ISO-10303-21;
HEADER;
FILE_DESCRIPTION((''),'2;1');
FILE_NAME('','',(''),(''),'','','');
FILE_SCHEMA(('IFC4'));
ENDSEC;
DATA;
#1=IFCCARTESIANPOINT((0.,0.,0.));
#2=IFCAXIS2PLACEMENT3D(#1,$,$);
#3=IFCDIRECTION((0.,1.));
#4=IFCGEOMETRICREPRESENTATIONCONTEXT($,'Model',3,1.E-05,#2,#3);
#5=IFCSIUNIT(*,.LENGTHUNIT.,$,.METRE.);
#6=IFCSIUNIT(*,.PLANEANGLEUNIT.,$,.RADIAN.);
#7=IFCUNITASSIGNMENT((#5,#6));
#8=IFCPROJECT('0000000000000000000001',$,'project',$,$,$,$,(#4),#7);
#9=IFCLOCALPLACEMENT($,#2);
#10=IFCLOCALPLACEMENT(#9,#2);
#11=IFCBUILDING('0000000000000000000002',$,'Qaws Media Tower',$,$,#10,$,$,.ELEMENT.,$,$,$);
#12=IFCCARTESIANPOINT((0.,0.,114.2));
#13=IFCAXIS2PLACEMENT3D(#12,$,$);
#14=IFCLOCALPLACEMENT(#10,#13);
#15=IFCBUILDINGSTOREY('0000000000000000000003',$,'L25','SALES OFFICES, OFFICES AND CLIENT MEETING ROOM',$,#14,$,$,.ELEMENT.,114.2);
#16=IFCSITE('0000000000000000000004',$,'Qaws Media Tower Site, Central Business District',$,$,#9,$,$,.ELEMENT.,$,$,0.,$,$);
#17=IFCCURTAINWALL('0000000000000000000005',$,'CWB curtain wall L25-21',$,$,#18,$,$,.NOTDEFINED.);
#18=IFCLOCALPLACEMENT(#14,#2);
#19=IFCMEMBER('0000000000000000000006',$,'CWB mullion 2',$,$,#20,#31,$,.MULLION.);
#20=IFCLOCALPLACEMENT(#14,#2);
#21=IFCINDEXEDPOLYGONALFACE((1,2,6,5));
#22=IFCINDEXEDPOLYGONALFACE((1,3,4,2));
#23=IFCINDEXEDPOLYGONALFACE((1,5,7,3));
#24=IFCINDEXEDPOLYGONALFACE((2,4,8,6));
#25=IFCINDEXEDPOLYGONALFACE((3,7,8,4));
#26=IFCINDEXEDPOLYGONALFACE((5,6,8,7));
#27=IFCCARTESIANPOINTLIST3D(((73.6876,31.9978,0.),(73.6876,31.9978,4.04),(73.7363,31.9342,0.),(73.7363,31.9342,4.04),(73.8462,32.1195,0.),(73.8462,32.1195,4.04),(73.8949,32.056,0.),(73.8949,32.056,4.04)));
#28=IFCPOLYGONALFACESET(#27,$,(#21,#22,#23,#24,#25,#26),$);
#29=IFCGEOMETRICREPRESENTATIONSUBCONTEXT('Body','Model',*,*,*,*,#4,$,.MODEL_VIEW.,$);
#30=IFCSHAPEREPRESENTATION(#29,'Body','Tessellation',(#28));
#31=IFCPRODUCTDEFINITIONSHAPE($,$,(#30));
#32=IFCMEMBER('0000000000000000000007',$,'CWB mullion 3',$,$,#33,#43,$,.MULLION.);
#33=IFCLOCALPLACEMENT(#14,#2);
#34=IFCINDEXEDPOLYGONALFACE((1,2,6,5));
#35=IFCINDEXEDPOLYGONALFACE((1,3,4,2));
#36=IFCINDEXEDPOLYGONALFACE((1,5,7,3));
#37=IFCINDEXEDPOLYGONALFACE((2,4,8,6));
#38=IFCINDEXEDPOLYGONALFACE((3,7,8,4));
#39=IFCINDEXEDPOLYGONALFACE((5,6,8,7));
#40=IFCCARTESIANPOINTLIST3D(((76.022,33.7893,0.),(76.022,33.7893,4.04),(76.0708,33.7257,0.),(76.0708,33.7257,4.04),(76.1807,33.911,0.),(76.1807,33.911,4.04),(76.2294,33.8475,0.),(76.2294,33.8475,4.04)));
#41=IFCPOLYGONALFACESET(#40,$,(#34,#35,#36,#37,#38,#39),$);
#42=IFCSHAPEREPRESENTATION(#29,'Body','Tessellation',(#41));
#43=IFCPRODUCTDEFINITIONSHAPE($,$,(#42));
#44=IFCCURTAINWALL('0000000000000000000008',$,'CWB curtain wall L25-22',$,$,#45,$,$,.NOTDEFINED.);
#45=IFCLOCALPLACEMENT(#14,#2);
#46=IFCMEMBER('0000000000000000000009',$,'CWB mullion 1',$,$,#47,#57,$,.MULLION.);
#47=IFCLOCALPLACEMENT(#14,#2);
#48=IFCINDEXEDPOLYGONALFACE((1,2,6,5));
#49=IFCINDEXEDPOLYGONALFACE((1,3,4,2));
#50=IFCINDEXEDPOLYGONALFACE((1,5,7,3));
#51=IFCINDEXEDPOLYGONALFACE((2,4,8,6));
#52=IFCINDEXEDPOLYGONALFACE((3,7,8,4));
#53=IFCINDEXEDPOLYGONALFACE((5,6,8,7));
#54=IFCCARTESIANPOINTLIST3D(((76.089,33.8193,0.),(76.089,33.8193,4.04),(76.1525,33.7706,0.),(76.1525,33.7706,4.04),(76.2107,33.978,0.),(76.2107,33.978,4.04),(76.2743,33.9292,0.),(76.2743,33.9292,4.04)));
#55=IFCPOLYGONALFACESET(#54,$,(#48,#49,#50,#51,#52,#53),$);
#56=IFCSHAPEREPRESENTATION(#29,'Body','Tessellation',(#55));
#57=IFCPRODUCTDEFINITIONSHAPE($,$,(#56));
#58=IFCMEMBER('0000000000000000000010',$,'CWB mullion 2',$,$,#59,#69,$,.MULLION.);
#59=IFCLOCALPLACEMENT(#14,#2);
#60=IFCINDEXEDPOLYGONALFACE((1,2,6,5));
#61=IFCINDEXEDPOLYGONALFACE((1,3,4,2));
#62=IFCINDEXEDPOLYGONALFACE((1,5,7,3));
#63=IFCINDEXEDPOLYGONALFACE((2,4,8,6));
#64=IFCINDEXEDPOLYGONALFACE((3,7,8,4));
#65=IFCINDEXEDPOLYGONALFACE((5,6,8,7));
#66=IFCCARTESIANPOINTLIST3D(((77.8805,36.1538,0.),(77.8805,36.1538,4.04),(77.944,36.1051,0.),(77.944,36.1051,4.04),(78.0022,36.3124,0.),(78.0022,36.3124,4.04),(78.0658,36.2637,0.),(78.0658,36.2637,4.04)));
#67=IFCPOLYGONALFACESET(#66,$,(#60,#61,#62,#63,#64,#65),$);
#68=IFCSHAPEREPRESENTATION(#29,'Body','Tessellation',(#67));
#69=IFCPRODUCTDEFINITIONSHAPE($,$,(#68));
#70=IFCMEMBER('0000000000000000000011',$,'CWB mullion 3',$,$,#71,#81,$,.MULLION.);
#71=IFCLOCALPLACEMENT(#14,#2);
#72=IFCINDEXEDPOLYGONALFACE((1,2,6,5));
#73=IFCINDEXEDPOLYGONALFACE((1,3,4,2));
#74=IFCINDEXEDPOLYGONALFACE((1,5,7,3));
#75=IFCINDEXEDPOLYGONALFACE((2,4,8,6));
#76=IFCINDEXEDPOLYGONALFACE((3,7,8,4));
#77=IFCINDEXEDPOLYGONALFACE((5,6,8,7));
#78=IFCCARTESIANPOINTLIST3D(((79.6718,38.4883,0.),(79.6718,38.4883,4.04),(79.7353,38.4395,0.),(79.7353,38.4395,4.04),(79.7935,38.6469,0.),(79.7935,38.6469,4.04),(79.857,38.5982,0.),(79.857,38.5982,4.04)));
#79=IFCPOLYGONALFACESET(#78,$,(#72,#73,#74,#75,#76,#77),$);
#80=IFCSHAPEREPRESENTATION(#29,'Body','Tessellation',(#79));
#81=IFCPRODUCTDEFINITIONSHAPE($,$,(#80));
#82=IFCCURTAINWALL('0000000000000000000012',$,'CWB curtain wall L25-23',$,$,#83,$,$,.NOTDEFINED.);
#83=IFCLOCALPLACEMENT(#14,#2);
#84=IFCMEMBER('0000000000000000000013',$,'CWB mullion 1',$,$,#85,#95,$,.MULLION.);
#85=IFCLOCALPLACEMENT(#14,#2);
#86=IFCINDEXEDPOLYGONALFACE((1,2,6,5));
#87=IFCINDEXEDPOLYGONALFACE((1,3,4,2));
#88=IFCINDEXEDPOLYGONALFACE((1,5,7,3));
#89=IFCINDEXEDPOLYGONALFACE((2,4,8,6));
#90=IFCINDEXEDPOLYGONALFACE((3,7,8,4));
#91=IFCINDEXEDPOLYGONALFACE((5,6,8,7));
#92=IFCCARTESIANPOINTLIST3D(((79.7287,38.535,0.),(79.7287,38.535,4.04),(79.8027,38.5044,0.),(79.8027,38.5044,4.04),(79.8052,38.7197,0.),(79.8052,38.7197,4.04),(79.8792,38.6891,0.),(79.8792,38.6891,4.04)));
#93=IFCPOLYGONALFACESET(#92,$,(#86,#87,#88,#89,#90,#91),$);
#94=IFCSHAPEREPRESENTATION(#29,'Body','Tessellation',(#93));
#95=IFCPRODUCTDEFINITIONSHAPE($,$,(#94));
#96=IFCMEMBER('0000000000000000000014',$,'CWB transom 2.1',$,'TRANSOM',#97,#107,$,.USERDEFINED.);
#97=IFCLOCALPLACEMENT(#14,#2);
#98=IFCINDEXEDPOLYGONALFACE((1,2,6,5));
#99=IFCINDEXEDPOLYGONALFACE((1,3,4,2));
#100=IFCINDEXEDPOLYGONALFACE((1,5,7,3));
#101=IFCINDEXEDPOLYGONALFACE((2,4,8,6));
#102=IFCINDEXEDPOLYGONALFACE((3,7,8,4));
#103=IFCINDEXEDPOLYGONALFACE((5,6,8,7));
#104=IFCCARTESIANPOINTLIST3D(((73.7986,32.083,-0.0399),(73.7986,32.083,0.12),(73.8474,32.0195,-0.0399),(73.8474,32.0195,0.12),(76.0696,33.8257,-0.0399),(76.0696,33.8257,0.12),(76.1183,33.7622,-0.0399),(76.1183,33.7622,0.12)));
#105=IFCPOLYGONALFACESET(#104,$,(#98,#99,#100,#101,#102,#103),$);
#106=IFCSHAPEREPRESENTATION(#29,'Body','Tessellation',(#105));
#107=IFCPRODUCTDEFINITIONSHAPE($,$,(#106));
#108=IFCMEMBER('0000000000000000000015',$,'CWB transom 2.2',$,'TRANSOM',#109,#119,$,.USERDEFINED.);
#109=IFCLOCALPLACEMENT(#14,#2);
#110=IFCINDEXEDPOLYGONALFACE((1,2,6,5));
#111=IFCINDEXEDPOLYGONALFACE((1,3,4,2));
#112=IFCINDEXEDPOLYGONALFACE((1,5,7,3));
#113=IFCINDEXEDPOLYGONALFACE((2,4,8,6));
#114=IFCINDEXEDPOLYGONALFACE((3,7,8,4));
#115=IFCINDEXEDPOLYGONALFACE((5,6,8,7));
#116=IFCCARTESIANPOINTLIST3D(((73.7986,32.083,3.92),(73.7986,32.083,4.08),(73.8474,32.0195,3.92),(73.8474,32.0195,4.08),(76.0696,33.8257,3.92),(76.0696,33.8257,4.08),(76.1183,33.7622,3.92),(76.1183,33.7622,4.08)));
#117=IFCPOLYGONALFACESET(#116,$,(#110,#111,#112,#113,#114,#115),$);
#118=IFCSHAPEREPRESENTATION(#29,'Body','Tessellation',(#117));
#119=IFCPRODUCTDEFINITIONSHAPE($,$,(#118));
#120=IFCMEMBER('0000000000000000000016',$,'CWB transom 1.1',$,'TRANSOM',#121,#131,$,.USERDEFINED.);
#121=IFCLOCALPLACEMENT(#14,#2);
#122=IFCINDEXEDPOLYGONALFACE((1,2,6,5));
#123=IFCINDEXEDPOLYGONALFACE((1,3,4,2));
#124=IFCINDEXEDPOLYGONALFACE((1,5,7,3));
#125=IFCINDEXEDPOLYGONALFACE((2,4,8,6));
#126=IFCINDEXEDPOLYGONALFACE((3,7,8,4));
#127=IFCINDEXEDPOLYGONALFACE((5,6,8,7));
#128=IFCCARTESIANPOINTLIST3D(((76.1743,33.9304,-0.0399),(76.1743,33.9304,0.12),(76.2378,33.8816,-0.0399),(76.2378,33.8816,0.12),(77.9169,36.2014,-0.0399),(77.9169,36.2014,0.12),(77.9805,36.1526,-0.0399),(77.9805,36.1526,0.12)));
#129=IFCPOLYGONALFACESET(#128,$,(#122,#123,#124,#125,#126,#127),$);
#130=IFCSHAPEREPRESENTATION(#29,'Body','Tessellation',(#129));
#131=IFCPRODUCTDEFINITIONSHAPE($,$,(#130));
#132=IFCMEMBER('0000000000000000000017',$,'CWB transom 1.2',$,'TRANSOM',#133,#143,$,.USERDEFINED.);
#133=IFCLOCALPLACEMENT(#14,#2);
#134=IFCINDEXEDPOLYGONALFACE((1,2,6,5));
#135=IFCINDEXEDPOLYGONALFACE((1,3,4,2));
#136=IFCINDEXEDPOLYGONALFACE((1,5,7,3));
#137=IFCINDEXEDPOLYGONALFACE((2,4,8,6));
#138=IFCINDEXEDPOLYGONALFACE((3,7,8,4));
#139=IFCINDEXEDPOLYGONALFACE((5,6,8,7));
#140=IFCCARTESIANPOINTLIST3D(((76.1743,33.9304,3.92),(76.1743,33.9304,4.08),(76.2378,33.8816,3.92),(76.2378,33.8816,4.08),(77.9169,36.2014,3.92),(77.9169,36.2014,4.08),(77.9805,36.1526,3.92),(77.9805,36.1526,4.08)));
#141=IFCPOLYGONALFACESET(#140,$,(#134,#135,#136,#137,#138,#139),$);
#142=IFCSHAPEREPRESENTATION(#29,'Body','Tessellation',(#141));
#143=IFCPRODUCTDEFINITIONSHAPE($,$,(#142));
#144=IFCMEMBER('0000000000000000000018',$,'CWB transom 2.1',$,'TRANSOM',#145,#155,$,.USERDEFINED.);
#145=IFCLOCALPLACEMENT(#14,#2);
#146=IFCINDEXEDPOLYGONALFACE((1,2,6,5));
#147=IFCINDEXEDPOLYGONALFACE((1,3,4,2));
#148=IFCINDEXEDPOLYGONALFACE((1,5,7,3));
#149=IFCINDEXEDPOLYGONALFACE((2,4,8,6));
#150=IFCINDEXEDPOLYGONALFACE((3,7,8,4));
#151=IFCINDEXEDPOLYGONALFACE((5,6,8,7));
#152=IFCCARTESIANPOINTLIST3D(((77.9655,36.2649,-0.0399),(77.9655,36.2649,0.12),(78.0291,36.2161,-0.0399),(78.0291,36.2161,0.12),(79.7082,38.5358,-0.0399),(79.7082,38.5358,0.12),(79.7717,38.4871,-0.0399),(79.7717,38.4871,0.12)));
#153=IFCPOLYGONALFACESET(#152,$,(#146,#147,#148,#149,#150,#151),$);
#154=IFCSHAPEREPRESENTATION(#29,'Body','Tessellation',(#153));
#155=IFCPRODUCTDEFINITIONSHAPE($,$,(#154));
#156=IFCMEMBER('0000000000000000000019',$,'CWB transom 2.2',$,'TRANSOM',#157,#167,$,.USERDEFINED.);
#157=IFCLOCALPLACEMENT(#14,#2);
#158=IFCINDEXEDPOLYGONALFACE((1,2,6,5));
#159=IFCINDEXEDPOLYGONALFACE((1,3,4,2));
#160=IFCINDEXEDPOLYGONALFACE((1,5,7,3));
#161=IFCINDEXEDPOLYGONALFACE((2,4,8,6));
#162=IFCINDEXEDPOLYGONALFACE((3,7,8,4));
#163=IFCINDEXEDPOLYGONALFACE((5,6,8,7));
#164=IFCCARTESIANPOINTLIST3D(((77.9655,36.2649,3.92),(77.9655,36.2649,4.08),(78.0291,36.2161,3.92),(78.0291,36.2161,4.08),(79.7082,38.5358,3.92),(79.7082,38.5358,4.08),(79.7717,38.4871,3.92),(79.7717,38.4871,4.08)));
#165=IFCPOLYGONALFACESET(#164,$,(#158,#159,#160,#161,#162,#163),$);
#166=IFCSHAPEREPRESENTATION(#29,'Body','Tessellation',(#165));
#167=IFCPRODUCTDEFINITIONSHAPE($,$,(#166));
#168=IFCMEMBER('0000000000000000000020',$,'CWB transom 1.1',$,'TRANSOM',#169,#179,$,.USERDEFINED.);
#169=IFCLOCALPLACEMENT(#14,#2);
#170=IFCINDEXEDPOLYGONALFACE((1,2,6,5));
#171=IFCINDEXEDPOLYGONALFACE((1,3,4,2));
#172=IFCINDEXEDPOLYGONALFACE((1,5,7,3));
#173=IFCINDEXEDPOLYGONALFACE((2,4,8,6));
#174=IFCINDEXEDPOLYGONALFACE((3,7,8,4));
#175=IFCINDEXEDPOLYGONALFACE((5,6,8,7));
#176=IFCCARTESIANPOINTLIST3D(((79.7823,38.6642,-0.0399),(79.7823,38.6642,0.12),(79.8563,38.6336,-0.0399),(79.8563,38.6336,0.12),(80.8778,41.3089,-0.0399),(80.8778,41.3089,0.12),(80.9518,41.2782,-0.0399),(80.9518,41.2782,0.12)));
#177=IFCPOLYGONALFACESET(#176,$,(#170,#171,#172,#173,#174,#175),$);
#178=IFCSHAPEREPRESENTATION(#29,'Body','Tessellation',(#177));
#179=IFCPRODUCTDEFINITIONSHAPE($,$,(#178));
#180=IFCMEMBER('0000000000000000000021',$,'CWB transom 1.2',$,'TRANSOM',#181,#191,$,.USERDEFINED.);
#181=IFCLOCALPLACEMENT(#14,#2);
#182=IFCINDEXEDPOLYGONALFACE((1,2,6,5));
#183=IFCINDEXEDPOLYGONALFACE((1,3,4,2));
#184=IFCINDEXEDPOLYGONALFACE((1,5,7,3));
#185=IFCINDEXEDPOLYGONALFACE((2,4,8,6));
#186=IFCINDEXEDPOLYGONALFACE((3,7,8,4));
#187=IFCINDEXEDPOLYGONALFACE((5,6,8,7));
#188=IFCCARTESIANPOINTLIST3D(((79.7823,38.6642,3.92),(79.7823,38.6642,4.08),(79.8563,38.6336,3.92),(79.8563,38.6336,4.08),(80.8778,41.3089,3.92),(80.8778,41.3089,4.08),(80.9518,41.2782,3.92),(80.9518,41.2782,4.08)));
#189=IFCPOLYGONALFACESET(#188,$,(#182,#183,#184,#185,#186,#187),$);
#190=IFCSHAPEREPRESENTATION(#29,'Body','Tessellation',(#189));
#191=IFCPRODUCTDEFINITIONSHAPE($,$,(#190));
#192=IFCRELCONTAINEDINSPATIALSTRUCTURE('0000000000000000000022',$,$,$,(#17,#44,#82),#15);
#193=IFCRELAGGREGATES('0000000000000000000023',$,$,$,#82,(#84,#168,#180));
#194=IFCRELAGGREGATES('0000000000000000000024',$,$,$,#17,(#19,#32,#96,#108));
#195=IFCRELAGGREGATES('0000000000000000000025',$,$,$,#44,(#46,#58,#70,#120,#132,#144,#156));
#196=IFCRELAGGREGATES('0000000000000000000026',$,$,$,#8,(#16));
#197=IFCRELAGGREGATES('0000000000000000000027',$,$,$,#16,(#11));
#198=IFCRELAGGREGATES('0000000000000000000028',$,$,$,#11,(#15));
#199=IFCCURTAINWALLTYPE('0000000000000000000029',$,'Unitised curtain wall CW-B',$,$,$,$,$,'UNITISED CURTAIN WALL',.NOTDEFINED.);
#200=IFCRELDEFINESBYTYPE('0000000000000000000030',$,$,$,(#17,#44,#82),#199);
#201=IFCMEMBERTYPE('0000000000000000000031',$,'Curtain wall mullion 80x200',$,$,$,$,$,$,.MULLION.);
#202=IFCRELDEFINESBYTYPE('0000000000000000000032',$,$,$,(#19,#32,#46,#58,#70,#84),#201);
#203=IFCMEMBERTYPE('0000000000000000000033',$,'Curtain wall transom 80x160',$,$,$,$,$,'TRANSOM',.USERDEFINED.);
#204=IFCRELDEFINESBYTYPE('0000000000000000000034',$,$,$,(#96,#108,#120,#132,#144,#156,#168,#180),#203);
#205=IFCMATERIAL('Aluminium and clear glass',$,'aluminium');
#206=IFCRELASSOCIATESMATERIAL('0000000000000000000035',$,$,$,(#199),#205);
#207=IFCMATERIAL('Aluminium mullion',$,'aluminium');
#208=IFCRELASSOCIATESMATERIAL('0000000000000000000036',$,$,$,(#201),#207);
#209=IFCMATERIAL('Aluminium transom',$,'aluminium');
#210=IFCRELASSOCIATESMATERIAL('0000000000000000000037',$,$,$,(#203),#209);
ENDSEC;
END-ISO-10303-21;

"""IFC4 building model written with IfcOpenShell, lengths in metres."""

from ifc_helpers import new_model, si_unit, direction, frame, origin, origin_2d, place, context, subcontext, project, spatial, rectangle, extrude, material, material_profile, profile_set, type_object, element, aggregate, save


model = new_model("IFC4")

# Units and contexts
model_context = context("Model", 3, precision=1e-05, world=origin(), true_north=direction((0.0, 1.0)))
body_context = subcontext(model_context, "Body", "Model", "MODEL_VIEW")
ifc_project = project(units=[si_unit("LENGTHUNIT", "METRE"), si_unit("PLANEANGLEUNIT", "RADIAN")], contexts=[model_context])

# Site, building, storey
site_placement = place(None, origin())
site = spatial("IfcSite", under=ifc_project, at=site_placement, Name="Qaws Media Tower Site, Central Business District", CompositionType="ELEMENT", RefElevation=0.0)
building_placement = place(site_placement, origin())
building = spatial("IfcBuilding", under=site, at=building_placement, Name="Qaws Media Tower", CompositionType="ELEMENT")
storey_placement = place(building_placement, frame((0.0, 0.0, 114.2)))
storey = spatial("IfcBuildingStorey", under=building, at=storey_placement, Name="L25", Description="SALES OFFICES, OFFICES AND CLIENT MEETING ROOM", CompositionType="ELEMENT", Elevation=114.2)

# Curtain walls, members
ifc_material_1 = material(Name="Aluminium and clear glass", Category="aluminium")
curtain_wall_type = type_object("IfcCurtainWallType", Name="Unitised curtain wall CW-B", ElementType="UNITISED CURTAIN WALL", PredefinedType="NOTDEFINED", material=ifc_material_1)
curtain_wall_1_placement = place(storey_placement, origin())
curtain_wall_1 = element("IfcCurtainWall", 1, at=curtain_wall_1_placement, inside=storey, type_object=curtain_wall_type, Name="CWB curtain wall L25-21", PredefinedType="NOTDEFINED")
ifc_material_2 = material(Name="Aluminium mullion", Category="aluminium")
ifc_material_profile_1 = material_profile(ifc_material_2, rectangle(XDim=0.0801, YDim=0.2, at=origin_2d()), Name="80x200")
ifc_profile_set_1 = profile_set([ifc_material_profile_1], Name="Aluminium mullion")
member_type_1 = type_object("IfcMemberType", Name="Curtain wall mullion 80x200", PredefinedType="MULLION", material=ifc_profile_set_1)
member_1_placement = place(storey_placement, frame((73.7913, 32.0269, 0.0), z_axis=(0.0, 0.0, 1.0), x_axis=(-0.608761, 0.793353, 0.0)))
member_1 = element("IfcMember", 2, at=member_1_placement, type_object=member_type_1, Name="CWB mullion 2", PredefinedType="MULLION", context=body_context, shape_type="SweptSolid", body=[
    extrude(rectangle(XDim=0.0801, YDim=0.2, at=origin_2d()), origin(), (0.0, 0.0, 1.0), 4.04),
])
member_2_placement = place(storey_placement, frame((76.1257, 33.8184, 0.0), z_axis=(0.0, 0.0, 1.0), x_axis=(-0.608761, 0.793353, 0.0)))
member_2 = element("IfcMember", 3, at=member_2_placement, type_object=member_type_1, Name="CWB mullion 3", PredefinedType="MULLION", context=body_context, shape_type="SweptSolid", body=[
    extrude(rectangle(XDim=0.0801, YDim=0.2, at=origin_2d()), origin(), (0.0, 0.0, 1.0), 4.04),
])
curtain_wall_2_placement = place(storey_placement, origin())
curtain_wall_2 = element("IfcCurtainWall", 4, at=curtain_wall_2_placement, inside=storey, type_object=curtain_wall_type, Name="CWB curtain wall L25-22", PredefinedType="NOTDEFINED")
member_3_placement = place(storey_placement, frame((76.1816, 33.8743, 0.0), z_axis=(0.0, 0.0, 1.0), x_axis=(-0.793353, 0.608761, 0.0)))
member_3 = element("IfcMember", 5, at=member_3_placement, type_object=member_type_1, Name="CWB mullion 1", PredefinedType="MULLION", context=body_context, shape_type="SweptSolid", body=[
    extrude(rectangle(XDim=0.0801, YDim=0.2, at=origin_2d()), origin(), (0.0, 0.0, 1.0), 4.04),
])
member_4_placement = place(storey_placement, frame((77.9731, 36.2087, 0.0), z_axis=(0.0, 0.0, 1.0), x_axis=(-0.793353, 0.608761, 0.0)))
member_4 = element("IfcMember", 6, at=member_4_placement, type_object=member_type_1, Name="CWB mullion 2", PredefinedType="MULLION", context=body_context, shape_type="SweptSolid", body=[
    extrude(rectangle(XDim=0.0801, YDim=0.2, at=origin_2d()), origin(), (0.0, 0.0, 1.0), 4.04),
])
member_5_placement = place(storey_placement, frame((79.7644, 38.5432, 0.0), z_axis=(0.0, 0.0, 1.0), x_axis=(-0.793353, 0.608761, 0.0)))
member_5 = element("IfcMember", 7, at=member_5_placement, type_object=member_type_1, Name="CWB mullion 3", PredefinedType="MULLION", context=body_context, shape_type="SweptSolid", body=[
    extrude(rectangle(XDim=0.0801, YDim=0.2, at=origin_2d()), origin(), (0.0, 0.0, 1.0), 4.04),
])

# Curtain wall, member
curtain_wall_3_placement = place(storey_placement, origin())
curtain_wall_3 = element("IfcCurtainWall", 8, at=curtain_wall_3_placement, inside=storey, type_object=curtain_wall_type, Name="CWB curtain wall L25-23", PredefinedType="NOTDEFINED")
member_6_placement = place(storey_placement, frame((79.804, 38.6121, 0.0), z_axis=(0.0, 0.0, 1.0), x_axis=(-0.92388, 0.382683, 0.0)))
member_6 = element("IfcMember", 9, at=member_6_placement, type_object=member_type_1, Name="CWB mullion 1", PredefinedType="MULLION", context=body_context, shape_type="SweptSolid", body=[
    extrude(rectangle(XDim=0.0801, YDim=0.2, at=origin_2d()), origin(), (0.0, 0.0, 1.0), 4.04),
])

# Members
ifc_material_3 = material(Name="Aluminium transom", Category="aluminium")
ifc_material_profile_2 = material_profile(ifc_material_3, rectangle(XDim=0.0801, YDim=0.1599, at=origin_2d()), Name="80x160")
ifc_profile_set_2 = profile_set([ifc_material_profile_2], Name="Aluminium transom")
member_type_2 = type_object("IfcMemberType", Name="Curtain wall transom 80x160", ElementType="TRANSOM", PredefinedType="USERDEFINED", material=ifc_profile_set_2)
member_7_placement = place(storey_placement, frame((73.823, 32.0513, 0.04), z_axis=(0.79334, 0.608779, 0.0), x_axis=(-0.608779, 0.79334, 0.0)))
member_7 = element("IfcMember", 10, at=member_7_placement, type_object=member_type_2, Name="CWB transom 2.1", ObjectType="TRANSOM", PredefinedType="USERDEFINED", context=body_context, shape_type="SweptSolid", body=[
    extrude(rectangle(XDim=0.0801, YDim=0.1599, at=origin_2d()), origin(), (0.0, 0.0, 1.0), 2.8625),
])
member_8_placement = place(storey_placement, frame((73.823, 32.0513, 4.0), z_axis=(0.79334, 0.608779, 0.0), x_axis=(-0.608779, 0.79334, 0.0)))
member_8 = element("IfcMember", 11, at=member_8_placement, type_object=member_type_2, Name="CWB transom 2.2", ObjectType="TRANSOM", PredefinedType="USERDEFINED", context=body_context, shape_type="SweptSolid", body=[
    extrude(rectangle(XDim=0.0801, YDim=0.1599, at=origin_2d()), origin(), (0.0, 0.0, 1.0), 2.8625),
])
member_9_placement = place(storey_placement, frame((76.2061, 33.906, 0.04), z_axis=(0.608779, 0.79334, 0.0), x_axis=(-0.79334, 0.608779, 0.0)))
member_9 = element("IfcMember", 12, at=member_9_placement, type_object=member_type_2, Name="CWB transom 1.1", ObjectType="TRANSOM", PredefinedType="USERDEFINED", context=body_context, shape_type="SweptSolid", body=[
    extrude(rectangle(XDim=0.0801, YDim=0.1599, at=origin_2d()), origin(), (0.0, 0.0, 1.0), 2.8625),
])
member_10_placement = place(storey_placement, frame((76.2061, 33.906, 4.0), z_axis=(0.608779, 0.79334, 0.0), x_axis=(-0.79334, 0.608779, 0.0)))
member_10 = element("IfcMember", 13, at=member_10_placement, type_object=member_type_2, Name="CWB transom 1.2", ObjectType="TRANSOM", PredefinedType="USERDEFINED", context=body_context, shape_type="SweptSolid", body=[
    extrude(rectangle(XDim=0.0801, YDim=0.1599, at=origin_2d()), origin(), (0.0, 0.0, 1.0), 2.8625),
])
member_11_placement = place(storey_placement, frame((77.9973, 36.2405, 0.04), z_axis=(0.608779, 0.79334, 0.0), x_axis=(-0.79334, 0.608779, 0.0)))
member_11 = element("IfcMember", 14, at=member_11_placement, type_object=member_type_2, Name="CWB transom 2.1", ObjectType="TRANSOM", PredefinedType="USERDEFINED", context=body_context, shape_type="SweptSolid", body=[
    extrude(rectangle(XDim=0.0801, YDim=0.1599, at=origin_2d()), origin(), (0.0, 0.0, 1.0), 2.8625),
])
member_12_placement = place(storey_placement, frame((77.9973, 36.2405, 4.0), z_axis=(0.608779, 0.79334, 0.0), x_axis=(-0.79334, 0.608779, 0.0)))
member_12 = element("IfcMember", 15, at=member_12_placement, type_object=member_type_2, Name="CWB transom 2.2", ObjectType="TRANSOM", PredefinedType="USERDEFINED", context=body_context, shape_type="SweptSolid", body=[
    extrude(rectangle(XDim=0.0801, YDim=0.1599, at=origin_2d()), origin(), (0.0, 0.0, 1.0), 2.8625),
])
member_13_placement = place(storey_placement, frame((79.8193, 38.6489, 0.04), z_axis=(0.382701, 0.923872, 0.0), x_axis=(-0.923872, 0.382701, 0.0)))
member_13 = element("IfcMember", 16, at=member_13_placement, type_object=member_type_2, Name="CWB transom 1.1", ObjectType="TRANSOM", PredefinedType="USERDEFINED", context=body_context, shape_type="SweptSolid", body=[
    extrude(rectangle(XDim=0.0801, YDim=0.1599, at=origin_2d()), origin(), (0.0, 0.0, 1.0), 2.8625),
])
member_14_placement = place(storey_placement, frame((79.8193, 38.6489, 4.0), z_axis=(0.382701, 0.923872, 0.0), x_axis=(-0.923872, 0.382701, 0.0)))
member_14 = element("IfcMember", 17, at=member_14_placement, type_object=member_type_2, Name="CWB transom 1.2", ObjectType="TRANSOM", PredefinedType="USERDEFINED", context=body_context, shape_type="SweptSolid", body=[
    extrude(rectangle(XDim=0.0801, YDim=0.1599, at=origin_2d()), origin(), (0.0, 0.0, 1.0), 2.8625),
])
aggregate(curtain_wall_3, [member_6, member_13, member_14])

aggregate(curtain_wall_1, [member_1, member_2, member_7, member_8])
aggregate(curtain_wall_2, [member_3, member_4, member_5, member_9, member_10, member_11, member_12])

save(model, "model.ifc")
